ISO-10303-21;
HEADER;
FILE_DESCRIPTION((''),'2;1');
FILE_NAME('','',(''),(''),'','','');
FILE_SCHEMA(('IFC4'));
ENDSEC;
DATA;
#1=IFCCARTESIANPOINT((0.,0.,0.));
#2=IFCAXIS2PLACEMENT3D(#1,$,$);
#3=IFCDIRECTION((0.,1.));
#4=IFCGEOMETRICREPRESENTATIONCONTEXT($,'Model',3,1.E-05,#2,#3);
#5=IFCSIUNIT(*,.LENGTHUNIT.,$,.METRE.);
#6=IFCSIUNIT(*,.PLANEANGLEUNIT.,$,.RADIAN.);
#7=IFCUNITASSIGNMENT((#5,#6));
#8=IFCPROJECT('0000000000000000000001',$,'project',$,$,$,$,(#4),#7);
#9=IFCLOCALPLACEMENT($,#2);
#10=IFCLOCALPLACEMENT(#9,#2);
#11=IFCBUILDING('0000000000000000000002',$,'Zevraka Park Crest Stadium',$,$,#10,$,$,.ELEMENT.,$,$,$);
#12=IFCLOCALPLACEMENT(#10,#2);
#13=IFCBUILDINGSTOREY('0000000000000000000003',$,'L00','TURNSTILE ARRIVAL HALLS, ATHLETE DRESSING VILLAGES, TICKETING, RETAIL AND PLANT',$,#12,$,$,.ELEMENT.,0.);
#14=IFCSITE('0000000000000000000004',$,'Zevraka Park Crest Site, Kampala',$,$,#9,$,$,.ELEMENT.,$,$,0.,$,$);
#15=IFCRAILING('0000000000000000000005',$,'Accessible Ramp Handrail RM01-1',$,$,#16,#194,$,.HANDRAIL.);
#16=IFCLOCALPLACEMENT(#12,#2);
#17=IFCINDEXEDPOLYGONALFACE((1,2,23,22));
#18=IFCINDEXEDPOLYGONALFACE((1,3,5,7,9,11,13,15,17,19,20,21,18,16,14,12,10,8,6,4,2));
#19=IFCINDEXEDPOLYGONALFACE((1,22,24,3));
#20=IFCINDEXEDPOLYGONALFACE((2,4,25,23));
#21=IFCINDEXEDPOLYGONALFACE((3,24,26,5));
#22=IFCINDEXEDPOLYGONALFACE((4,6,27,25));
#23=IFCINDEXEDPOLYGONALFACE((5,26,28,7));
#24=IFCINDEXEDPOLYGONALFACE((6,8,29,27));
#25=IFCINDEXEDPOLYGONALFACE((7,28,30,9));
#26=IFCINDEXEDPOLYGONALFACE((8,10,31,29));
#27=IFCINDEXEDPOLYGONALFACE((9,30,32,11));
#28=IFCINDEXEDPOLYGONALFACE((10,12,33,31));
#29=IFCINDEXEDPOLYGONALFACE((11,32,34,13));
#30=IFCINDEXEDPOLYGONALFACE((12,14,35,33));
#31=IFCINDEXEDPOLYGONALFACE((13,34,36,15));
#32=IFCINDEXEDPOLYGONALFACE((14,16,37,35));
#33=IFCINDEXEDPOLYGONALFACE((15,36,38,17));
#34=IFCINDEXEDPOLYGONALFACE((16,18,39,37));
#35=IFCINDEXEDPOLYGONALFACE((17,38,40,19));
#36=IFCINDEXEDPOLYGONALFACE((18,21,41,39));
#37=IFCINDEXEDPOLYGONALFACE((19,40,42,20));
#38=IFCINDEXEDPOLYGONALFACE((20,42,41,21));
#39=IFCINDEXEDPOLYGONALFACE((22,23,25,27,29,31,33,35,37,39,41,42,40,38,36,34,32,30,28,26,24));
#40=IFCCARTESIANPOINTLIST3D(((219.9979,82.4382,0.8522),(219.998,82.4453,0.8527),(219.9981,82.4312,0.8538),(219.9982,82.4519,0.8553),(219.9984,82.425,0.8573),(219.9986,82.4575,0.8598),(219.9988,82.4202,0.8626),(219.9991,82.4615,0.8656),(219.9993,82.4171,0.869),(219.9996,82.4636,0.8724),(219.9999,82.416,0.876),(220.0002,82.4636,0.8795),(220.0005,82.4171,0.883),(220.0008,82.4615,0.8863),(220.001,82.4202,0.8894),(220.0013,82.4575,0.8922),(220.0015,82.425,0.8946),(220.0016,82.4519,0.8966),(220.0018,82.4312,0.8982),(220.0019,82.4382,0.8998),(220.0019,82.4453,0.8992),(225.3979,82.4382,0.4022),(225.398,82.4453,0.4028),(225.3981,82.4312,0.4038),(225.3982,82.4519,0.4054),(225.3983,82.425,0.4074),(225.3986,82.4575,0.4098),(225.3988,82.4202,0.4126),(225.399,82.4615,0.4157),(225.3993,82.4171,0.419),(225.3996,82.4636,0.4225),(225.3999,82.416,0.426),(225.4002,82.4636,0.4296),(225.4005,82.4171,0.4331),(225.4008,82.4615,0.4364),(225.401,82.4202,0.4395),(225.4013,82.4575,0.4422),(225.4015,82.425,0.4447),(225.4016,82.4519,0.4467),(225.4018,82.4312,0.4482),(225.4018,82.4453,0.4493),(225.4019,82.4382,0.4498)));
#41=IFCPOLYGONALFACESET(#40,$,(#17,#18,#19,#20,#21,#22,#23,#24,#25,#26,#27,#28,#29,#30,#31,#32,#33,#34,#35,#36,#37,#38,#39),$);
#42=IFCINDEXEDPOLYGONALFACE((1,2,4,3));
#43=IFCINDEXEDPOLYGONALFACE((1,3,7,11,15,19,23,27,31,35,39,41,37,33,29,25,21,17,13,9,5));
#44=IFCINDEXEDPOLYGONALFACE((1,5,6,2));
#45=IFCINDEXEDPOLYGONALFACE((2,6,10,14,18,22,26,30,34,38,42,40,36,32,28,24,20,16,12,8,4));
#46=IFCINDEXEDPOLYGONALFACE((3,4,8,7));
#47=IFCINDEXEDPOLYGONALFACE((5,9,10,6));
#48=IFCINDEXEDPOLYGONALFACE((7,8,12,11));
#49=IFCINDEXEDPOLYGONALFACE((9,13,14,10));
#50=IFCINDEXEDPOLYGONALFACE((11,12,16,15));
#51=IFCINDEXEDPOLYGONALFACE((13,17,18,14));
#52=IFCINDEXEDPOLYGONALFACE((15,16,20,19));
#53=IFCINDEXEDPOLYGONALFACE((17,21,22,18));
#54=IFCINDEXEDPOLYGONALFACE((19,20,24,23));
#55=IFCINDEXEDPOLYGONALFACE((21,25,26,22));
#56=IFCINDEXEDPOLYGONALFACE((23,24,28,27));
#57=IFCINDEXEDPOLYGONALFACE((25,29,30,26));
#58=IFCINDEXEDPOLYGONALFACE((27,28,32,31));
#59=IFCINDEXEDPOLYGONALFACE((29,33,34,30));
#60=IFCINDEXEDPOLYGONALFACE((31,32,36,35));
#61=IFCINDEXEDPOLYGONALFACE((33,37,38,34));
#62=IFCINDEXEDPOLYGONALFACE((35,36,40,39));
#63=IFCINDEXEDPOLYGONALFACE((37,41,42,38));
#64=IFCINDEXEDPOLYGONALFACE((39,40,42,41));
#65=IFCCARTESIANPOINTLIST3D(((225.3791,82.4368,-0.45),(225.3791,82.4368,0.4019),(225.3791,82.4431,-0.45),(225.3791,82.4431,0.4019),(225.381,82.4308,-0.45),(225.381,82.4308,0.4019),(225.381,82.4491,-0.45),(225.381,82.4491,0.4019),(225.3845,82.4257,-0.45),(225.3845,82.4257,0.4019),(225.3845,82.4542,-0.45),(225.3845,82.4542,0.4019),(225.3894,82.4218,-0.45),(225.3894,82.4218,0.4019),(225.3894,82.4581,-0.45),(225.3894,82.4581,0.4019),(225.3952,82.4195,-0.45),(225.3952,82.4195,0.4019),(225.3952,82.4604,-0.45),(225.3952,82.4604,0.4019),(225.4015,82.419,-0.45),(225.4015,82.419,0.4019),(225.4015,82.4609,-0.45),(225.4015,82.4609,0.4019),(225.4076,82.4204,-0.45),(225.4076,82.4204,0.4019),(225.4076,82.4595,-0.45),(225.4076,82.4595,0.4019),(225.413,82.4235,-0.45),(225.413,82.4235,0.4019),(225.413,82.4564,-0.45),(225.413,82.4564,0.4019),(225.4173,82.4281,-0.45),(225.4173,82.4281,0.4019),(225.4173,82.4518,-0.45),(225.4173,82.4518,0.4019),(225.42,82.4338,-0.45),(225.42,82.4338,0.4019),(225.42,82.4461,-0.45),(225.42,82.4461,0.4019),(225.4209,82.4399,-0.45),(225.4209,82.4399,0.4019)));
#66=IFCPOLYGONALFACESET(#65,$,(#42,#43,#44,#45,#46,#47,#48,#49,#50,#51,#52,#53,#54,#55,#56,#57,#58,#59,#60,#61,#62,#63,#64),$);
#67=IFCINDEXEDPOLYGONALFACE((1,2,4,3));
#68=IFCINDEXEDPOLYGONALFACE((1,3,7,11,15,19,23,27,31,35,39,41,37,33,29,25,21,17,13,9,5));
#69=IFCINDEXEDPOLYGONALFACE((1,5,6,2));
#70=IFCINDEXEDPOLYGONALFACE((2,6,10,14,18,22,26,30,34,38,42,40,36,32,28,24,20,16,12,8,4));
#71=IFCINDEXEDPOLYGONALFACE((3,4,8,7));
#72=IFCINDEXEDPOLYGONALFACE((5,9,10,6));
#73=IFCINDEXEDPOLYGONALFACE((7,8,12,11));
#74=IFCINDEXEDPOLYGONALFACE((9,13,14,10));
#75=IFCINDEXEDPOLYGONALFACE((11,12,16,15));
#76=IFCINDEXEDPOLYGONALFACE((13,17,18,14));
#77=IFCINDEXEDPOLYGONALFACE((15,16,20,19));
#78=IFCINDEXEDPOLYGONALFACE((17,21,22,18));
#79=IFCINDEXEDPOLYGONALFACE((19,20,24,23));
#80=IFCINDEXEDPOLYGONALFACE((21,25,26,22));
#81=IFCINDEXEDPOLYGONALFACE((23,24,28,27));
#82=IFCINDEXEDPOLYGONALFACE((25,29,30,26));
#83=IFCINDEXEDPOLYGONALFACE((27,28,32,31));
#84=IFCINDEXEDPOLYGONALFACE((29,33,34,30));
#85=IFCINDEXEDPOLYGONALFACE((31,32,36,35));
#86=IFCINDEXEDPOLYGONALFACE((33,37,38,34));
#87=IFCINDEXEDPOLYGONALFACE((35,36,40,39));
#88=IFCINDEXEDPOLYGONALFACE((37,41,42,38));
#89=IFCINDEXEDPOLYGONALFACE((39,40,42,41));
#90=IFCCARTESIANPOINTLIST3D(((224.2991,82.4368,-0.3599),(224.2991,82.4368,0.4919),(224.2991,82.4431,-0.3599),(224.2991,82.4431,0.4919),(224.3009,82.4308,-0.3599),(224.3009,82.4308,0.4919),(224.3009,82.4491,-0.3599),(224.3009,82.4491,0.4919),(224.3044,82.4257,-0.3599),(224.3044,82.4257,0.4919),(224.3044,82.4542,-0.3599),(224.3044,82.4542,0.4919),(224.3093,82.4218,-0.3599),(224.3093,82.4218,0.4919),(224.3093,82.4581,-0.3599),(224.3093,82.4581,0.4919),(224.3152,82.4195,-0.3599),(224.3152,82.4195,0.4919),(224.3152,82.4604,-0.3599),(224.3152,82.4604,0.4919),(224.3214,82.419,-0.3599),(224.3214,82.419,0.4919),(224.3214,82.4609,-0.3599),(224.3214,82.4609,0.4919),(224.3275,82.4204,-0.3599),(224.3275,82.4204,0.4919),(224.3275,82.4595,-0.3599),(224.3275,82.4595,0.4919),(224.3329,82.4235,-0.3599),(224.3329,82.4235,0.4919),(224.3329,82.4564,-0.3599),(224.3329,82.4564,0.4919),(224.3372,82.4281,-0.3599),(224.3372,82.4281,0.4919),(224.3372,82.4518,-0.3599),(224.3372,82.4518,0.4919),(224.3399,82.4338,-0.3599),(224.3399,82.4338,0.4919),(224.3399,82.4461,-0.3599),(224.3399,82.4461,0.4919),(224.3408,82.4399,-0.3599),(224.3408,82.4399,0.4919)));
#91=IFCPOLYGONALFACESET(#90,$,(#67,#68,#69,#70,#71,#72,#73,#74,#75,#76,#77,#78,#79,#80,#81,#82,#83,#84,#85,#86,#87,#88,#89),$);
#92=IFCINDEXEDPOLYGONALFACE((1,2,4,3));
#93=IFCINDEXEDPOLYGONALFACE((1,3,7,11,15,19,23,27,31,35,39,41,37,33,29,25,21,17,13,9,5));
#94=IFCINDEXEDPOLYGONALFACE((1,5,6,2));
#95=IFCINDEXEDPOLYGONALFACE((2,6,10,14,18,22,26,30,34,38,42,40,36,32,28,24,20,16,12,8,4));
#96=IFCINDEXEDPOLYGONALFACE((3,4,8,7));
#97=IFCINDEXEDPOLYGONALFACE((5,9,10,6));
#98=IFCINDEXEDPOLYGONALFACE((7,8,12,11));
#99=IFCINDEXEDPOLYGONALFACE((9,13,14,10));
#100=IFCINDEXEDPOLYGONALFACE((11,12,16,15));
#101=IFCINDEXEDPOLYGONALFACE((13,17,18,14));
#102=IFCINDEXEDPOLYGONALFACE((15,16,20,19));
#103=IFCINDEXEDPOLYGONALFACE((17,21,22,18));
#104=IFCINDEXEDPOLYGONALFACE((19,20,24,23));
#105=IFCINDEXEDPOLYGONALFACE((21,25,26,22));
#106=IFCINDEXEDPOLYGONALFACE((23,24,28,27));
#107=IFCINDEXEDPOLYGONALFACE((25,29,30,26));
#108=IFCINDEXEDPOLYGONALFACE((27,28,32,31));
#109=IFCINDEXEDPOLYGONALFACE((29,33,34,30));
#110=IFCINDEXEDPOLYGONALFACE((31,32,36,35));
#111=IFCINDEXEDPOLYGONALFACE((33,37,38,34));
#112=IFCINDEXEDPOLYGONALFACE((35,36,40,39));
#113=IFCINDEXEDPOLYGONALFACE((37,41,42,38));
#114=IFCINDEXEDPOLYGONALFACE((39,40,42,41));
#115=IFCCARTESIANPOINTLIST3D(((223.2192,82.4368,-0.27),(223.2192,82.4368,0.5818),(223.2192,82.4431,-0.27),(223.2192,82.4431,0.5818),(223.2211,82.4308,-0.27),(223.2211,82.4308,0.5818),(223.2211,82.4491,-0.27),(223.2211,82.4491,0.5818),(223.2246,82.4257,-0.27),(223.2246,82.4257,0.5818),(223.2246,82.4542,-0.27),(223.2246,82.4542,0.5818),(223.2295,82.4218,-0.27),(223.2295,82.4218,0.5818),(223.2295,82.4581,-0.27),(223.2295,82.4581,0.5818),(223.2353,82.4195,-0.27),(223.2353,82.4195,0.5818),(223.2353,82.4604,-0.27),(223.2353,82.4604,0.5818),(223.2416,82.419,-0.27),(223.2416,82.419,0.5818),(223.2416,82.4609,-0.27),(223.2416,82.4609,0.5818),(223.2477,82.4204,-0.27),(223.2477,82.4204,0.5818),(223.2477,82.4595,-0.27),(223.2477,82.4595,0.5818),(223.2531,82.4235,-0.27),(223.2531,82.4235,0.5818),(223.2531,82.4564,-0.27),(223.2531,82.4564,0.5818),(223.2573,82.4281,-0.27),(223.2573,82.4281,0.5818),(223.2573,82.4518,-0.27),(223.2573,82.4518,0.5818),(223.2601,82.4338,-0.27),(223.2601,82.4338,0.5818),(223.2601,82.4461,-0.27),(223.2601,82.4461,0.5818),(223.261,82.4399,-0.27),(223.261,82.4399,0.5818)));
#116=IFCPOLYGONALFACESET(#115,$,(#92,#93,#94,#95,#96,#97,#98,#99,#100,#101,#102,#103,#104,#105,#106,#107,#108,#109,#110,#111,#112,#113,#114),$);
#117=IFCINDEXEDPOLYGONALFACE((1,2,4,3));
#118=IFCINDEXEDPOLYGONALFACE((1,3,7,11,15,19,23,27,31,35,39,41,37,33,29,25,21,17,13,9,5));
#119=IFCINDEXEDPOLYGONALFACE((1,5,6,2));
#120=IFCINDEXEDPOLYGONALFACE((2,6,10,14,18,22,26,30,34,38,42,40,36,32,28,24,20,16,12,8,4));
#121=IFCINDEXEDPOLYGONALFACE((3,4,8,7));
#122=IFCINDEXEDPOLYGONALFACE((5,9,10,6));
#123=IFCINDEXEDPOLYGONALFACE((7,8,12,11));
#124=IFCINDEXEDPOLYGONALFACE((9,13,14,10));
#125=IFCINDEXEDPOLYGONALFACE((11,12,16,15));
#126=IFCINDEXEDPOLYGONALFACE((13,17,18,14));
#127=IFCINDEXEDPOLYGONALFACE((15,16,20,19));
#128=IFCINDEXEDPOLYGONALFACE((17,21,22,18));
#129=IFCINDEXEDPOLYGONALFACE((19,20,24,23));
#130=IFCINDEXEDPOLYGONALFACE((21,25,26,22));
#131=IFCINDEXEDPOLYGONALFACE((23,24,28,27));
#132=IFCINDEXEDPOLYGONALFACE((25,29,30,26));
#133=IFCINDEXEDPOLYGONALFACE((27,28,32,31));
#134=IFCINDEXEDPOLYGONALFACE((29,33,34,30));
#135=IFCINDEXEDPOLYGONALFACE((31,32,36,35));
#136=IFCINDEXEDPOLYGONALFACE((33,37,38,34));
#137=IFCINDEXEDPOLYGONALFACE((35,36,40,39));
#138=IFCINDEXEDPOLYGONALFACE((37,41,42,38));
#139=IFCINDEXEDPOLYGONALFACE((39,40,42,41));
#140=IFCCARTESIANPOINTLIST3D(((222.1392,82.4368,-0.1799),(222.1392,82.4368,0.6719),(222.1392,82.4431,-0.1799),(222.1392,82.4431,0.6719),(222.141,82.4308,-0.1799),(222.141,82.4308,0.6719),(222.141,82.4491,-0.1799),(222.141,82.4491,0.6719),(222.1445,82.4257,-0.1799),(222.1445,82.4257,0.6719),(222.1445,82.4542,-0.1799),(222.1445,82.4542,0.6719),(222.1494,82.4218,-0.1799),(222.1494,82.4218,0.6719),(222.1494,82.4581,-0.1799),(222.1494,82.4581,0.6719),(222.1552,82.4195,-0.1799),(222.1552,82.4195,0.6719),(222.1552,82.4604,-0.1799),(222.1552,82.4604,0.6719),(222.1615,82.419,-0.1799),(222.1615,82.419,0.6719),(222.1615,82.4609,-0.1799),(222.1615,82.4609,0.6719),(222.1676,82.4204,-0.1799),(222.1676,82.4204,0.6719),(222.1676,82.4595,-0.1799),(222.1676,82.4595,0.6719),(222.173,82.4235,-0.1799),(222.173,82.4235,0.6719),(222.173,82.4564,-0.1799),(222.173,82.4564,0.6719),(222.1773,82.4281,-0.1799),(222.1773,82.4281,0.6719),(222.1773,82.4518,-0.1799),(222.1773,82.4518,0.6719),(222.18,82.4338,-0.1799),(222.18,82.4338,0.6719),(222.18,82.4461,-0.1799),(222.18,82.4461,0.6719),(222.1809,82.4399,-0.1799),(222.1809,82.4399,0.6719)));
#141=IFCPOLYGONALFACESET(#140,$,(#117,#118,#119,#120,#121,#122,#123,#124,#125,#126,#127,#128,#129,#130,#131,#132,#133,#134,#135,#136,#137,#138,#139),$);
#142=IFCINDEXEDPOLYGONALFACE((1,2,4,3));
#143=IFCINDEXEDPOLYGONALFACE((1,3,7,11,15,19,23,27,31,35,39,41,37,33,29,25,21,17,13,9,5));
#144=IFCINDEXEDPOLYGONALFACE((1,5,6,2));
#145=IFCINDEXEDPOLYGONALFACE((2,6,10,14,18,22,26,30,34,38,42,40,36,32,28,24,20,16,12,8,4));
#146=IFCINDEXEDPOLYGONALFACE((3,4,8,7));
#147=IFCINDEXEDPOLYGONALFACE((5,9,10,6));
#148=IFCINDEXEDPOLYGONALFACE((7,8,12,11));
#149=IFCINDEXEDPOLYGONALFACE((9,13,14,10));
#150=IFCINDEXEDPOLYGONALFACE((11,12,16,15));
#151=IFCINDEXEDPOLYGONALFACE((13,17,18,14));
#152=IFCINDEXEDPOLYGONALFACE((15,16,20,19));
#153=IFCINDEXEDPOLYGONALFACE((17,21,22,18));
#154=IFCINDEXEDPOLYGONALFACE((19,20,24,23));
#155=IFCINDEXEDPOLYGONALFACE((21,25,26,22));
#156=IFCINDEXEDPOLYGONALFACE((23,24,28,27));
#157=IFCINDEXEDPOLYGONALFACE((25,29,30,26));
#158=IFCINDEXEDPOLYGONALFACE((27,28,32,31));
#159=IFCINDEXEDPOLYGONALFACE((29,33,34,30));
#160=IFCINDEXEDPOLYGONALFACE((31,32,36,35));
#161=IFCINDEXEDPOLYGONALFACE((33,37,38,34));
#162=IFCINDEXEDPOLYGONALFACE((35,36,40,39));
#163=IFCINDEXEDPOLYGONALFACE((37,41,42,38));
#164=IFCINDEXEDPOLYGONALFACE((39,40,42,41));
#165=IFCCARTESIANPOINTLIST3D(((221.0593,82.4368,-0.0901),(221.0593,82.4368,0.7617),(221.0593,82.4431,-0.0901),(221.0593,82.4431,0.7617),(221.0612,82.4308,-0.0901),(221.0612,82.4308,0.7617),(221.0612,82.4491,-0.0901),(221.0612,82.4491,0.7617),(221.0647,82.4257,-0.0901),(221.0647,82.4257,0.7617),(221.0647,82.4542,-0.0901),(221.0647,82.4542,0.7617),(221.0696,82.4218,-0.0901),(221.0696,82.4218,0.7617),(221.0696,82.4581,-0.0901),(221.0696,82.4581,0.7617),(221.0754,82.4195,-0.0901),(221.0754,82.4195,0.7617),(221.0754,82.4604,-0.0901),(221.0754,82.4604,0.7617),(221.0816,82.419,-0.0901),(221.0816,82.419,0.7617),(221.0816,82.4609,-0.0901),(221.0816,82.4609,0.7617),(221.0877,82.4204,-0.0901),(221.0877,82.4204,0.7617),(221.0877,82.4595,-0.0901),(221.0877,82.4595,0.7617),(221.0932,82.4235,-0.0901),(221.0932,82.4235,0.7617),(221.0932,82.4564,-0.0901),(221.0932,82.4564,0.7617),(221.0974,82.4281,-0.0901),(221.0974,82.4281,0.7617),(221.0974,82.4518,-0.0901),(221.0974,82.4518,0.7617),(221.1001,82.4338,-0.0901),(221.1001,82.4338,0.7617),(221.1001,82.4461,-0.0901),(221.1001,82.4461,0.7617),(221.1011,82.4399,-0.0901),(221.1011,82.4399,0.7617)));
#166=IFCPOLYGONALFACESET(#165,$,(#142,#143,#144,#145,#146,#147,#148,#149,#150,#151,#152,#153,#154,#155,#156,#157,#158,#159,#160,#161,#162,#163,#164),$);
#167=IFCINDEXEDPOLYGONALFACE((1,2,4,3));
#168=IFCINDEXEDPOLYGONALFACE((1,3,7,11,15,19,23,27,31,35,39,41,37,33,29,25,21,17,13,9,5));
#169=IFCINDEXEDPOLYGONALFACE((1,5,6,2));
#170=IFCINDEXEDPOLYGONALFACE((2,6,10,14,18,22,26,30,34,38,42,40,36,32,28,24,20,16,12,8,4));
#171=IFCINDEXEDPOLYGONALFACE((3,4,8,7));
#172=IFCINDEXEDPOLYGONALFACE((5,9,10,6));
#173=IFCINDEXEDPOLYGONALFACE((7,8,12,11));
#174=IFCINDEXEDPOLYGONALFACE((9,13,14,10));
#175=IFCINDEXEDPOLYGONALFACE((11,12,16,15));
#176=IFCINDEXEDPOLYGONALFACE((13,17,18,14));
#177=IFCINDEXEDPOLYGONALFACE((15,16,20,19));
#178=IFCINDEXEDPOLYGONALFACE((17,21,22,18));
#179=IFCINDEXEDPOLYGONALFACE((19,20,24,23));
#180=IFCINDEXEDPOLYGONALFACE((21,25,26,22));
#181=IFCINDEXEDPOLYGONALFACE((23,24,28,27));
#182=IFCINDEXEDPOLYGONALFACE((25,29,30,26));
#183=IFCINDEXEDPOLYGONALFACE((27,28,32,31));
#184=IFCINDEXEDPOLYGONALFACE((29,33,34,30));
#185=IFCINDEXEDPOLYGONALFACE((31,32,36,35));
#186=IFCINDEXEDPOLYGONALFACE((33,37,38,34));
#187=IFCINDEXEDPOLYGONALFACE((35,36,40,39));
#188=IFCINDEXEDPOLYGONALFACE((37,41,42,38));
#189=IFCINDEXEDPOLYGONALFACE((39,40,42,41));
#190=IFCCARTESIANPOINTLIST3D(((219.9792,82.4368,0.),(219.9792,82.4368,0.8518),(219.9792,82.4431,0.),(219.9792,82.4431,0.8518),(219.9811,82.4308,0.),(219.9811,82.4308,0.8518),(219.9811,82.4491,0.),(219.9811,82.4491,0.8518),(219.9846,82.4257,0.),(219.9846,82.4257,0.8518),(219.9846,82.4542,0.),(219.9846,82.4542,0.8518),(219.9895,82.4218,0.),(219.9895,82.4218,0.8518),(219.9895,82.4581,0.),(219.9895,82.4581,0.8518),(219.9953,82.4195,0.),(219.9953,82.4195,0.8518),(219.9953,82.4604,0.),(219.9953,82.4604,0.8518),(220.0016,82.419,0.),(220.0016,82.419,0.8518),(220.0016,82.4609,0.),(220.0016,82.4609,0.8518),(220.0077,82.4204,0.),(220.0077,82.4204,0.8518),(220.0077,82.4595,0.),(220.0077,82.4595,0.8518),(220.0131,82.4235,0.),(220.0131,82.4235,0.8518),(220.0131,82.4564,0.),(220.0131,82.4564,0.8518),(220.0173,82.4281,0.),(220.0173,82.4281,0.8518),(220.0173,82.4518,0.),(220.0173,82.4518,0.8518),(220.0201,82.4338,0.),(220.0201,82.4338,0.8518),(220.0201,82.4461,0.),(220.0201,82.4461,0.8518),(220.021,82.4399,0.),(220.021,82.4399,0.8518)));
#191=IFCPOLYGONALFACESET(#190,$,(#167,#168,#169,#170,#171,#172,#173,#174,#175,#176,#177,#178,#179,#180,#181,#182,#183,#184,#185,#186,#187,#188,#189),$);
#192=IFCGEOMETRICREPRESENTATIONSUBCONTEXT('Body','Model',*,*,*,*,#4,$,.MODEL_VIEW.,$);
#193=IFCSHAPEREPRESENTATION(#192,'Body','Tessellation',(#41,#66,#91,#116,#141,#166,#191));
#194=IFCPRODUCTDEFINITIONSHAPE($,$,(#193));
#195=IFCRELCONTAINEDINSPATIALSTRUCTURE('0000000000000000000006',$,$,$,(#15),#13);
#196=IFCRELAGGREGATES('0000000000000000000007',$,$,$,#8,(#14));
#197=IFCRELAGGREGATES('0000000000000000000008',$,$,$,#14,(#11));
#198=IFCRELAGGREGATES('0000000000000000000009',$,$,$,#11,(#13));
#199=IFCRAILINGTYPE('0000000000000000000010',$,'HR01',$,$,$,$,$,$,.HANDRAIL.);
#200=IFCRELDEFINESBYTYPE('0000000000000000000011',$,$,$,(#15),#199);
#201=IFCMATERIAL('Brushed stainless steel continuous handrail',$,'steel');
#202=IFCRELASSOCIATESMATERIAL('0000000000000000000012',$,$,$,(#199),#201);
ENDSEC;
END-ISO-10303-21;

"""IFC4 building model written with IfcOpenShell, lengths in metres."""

from ifc_helpers import new_model, si_unit, direction, frame, origin, origin_2d, place, context, subcontext, project, spatial, circle, extrude, material, type_object, element, save


model = new_model("IFC4")

# Units and contexts
model_context = context("Model", 3, precision=1e-05, world=origin(), true_north=direction((0.0, 1.0)))
body_context = subcontext(model_context, "Body", "Model", "MODEL_VIEW")
ifc_project = project(units=[si_unit("LENGTHUNIT", "METRE"), si_unit("PLANEANGLEUNIT", "RADIAN")], contexts=[model_context])

# Site, building, storey
site_placement = place(None, origin())
site = spatial("IfcSite", under=ifc_project, at=site_placement, Name="Zevraka Park Crest Site, Kampala", CompositionType="ELEMENT", RefElevation=0.0)
building_placement = place(site_placement, origin())
building = spatial("IfcBuilding", under=site, at=building_placement, Name="Zevraka Park Crest Stadium", CompositionType="ELEMENT")
storey_placement = place(building_placement, origin())
storey = spatial("IfcBuildingStorey", under=building, at=storey_placement, Name="L00", Description="TURNSTILE ARRIVAL HALLS, ATHLETE DRESSING VILLAGES, TICKETING, RETAIL AND PLANT", CompositionType="ELEMENT", Elevation=0.0)

# Railing
ifc_material_1 = material(Name="Brushed stainless steel continuous handrail", Category="steel")
railing_type = type_object("IfcRailingType", Name="HR01", PredefinedType="HANDRAIL", material=ifc_material_1)
for number, where, name in (
    (1, (225.3999, 82.4399, -0.45), "Accessible Ramp Handrail RM01-1"),
):
    element("IfcRailing", number, at=place(storey_placement, frame(where)), inside=storey, type_object=railing_type, Name=name, PredefinedType="HANDRAIL", context=body_context, shape_type="SweptSolid", body=[
        extrude(circle(Radius=0.0239, at=origin_2d()), frame((0.0, 0.0, 0.876), z_axis=(-0.996546, 0.0, 0.083038), x_axis=(0.0, -1.0, 0.0)), (0.0, 0.0, 1.0), 5.4187),
        extrude(circle(Radius=0.021, at=origin_2d()), origin(), (0.0, 0.0, 1.0), 0.8518),
        extrude(circle(Radius=0.021, at=origin_2d()), frame((-1.0801, 0.0, 0.0901)), (0.0, 0.0, 1.0), 0.8518),
        extrude(circle(Radius=0.021, at=origin_2d()), frame((-2.1599, 0.0, 0.1799)), (0.0, 0.0, 1.0), 0.8518),
        extrude(circle(Radius=0.021, at=origin_2d()), frame((-3.24, 0.0, 0.27)), (0.0, 0.0, 1.0), 0.8518),
        extrude(circle(Radius=0.021, at=origin_2d()), frame((-4.3198, 0.0, 0.3599)), (0.0, 0.0, 1.0), 0.8518),
        extrude(circle(Radius=0.021, at=origin_2d()), frame((-5.3999, 0.0, 0.45)), (0.0, 0.0, 1.0), 0.8518),
    ])

save(model, "model.ifc")
